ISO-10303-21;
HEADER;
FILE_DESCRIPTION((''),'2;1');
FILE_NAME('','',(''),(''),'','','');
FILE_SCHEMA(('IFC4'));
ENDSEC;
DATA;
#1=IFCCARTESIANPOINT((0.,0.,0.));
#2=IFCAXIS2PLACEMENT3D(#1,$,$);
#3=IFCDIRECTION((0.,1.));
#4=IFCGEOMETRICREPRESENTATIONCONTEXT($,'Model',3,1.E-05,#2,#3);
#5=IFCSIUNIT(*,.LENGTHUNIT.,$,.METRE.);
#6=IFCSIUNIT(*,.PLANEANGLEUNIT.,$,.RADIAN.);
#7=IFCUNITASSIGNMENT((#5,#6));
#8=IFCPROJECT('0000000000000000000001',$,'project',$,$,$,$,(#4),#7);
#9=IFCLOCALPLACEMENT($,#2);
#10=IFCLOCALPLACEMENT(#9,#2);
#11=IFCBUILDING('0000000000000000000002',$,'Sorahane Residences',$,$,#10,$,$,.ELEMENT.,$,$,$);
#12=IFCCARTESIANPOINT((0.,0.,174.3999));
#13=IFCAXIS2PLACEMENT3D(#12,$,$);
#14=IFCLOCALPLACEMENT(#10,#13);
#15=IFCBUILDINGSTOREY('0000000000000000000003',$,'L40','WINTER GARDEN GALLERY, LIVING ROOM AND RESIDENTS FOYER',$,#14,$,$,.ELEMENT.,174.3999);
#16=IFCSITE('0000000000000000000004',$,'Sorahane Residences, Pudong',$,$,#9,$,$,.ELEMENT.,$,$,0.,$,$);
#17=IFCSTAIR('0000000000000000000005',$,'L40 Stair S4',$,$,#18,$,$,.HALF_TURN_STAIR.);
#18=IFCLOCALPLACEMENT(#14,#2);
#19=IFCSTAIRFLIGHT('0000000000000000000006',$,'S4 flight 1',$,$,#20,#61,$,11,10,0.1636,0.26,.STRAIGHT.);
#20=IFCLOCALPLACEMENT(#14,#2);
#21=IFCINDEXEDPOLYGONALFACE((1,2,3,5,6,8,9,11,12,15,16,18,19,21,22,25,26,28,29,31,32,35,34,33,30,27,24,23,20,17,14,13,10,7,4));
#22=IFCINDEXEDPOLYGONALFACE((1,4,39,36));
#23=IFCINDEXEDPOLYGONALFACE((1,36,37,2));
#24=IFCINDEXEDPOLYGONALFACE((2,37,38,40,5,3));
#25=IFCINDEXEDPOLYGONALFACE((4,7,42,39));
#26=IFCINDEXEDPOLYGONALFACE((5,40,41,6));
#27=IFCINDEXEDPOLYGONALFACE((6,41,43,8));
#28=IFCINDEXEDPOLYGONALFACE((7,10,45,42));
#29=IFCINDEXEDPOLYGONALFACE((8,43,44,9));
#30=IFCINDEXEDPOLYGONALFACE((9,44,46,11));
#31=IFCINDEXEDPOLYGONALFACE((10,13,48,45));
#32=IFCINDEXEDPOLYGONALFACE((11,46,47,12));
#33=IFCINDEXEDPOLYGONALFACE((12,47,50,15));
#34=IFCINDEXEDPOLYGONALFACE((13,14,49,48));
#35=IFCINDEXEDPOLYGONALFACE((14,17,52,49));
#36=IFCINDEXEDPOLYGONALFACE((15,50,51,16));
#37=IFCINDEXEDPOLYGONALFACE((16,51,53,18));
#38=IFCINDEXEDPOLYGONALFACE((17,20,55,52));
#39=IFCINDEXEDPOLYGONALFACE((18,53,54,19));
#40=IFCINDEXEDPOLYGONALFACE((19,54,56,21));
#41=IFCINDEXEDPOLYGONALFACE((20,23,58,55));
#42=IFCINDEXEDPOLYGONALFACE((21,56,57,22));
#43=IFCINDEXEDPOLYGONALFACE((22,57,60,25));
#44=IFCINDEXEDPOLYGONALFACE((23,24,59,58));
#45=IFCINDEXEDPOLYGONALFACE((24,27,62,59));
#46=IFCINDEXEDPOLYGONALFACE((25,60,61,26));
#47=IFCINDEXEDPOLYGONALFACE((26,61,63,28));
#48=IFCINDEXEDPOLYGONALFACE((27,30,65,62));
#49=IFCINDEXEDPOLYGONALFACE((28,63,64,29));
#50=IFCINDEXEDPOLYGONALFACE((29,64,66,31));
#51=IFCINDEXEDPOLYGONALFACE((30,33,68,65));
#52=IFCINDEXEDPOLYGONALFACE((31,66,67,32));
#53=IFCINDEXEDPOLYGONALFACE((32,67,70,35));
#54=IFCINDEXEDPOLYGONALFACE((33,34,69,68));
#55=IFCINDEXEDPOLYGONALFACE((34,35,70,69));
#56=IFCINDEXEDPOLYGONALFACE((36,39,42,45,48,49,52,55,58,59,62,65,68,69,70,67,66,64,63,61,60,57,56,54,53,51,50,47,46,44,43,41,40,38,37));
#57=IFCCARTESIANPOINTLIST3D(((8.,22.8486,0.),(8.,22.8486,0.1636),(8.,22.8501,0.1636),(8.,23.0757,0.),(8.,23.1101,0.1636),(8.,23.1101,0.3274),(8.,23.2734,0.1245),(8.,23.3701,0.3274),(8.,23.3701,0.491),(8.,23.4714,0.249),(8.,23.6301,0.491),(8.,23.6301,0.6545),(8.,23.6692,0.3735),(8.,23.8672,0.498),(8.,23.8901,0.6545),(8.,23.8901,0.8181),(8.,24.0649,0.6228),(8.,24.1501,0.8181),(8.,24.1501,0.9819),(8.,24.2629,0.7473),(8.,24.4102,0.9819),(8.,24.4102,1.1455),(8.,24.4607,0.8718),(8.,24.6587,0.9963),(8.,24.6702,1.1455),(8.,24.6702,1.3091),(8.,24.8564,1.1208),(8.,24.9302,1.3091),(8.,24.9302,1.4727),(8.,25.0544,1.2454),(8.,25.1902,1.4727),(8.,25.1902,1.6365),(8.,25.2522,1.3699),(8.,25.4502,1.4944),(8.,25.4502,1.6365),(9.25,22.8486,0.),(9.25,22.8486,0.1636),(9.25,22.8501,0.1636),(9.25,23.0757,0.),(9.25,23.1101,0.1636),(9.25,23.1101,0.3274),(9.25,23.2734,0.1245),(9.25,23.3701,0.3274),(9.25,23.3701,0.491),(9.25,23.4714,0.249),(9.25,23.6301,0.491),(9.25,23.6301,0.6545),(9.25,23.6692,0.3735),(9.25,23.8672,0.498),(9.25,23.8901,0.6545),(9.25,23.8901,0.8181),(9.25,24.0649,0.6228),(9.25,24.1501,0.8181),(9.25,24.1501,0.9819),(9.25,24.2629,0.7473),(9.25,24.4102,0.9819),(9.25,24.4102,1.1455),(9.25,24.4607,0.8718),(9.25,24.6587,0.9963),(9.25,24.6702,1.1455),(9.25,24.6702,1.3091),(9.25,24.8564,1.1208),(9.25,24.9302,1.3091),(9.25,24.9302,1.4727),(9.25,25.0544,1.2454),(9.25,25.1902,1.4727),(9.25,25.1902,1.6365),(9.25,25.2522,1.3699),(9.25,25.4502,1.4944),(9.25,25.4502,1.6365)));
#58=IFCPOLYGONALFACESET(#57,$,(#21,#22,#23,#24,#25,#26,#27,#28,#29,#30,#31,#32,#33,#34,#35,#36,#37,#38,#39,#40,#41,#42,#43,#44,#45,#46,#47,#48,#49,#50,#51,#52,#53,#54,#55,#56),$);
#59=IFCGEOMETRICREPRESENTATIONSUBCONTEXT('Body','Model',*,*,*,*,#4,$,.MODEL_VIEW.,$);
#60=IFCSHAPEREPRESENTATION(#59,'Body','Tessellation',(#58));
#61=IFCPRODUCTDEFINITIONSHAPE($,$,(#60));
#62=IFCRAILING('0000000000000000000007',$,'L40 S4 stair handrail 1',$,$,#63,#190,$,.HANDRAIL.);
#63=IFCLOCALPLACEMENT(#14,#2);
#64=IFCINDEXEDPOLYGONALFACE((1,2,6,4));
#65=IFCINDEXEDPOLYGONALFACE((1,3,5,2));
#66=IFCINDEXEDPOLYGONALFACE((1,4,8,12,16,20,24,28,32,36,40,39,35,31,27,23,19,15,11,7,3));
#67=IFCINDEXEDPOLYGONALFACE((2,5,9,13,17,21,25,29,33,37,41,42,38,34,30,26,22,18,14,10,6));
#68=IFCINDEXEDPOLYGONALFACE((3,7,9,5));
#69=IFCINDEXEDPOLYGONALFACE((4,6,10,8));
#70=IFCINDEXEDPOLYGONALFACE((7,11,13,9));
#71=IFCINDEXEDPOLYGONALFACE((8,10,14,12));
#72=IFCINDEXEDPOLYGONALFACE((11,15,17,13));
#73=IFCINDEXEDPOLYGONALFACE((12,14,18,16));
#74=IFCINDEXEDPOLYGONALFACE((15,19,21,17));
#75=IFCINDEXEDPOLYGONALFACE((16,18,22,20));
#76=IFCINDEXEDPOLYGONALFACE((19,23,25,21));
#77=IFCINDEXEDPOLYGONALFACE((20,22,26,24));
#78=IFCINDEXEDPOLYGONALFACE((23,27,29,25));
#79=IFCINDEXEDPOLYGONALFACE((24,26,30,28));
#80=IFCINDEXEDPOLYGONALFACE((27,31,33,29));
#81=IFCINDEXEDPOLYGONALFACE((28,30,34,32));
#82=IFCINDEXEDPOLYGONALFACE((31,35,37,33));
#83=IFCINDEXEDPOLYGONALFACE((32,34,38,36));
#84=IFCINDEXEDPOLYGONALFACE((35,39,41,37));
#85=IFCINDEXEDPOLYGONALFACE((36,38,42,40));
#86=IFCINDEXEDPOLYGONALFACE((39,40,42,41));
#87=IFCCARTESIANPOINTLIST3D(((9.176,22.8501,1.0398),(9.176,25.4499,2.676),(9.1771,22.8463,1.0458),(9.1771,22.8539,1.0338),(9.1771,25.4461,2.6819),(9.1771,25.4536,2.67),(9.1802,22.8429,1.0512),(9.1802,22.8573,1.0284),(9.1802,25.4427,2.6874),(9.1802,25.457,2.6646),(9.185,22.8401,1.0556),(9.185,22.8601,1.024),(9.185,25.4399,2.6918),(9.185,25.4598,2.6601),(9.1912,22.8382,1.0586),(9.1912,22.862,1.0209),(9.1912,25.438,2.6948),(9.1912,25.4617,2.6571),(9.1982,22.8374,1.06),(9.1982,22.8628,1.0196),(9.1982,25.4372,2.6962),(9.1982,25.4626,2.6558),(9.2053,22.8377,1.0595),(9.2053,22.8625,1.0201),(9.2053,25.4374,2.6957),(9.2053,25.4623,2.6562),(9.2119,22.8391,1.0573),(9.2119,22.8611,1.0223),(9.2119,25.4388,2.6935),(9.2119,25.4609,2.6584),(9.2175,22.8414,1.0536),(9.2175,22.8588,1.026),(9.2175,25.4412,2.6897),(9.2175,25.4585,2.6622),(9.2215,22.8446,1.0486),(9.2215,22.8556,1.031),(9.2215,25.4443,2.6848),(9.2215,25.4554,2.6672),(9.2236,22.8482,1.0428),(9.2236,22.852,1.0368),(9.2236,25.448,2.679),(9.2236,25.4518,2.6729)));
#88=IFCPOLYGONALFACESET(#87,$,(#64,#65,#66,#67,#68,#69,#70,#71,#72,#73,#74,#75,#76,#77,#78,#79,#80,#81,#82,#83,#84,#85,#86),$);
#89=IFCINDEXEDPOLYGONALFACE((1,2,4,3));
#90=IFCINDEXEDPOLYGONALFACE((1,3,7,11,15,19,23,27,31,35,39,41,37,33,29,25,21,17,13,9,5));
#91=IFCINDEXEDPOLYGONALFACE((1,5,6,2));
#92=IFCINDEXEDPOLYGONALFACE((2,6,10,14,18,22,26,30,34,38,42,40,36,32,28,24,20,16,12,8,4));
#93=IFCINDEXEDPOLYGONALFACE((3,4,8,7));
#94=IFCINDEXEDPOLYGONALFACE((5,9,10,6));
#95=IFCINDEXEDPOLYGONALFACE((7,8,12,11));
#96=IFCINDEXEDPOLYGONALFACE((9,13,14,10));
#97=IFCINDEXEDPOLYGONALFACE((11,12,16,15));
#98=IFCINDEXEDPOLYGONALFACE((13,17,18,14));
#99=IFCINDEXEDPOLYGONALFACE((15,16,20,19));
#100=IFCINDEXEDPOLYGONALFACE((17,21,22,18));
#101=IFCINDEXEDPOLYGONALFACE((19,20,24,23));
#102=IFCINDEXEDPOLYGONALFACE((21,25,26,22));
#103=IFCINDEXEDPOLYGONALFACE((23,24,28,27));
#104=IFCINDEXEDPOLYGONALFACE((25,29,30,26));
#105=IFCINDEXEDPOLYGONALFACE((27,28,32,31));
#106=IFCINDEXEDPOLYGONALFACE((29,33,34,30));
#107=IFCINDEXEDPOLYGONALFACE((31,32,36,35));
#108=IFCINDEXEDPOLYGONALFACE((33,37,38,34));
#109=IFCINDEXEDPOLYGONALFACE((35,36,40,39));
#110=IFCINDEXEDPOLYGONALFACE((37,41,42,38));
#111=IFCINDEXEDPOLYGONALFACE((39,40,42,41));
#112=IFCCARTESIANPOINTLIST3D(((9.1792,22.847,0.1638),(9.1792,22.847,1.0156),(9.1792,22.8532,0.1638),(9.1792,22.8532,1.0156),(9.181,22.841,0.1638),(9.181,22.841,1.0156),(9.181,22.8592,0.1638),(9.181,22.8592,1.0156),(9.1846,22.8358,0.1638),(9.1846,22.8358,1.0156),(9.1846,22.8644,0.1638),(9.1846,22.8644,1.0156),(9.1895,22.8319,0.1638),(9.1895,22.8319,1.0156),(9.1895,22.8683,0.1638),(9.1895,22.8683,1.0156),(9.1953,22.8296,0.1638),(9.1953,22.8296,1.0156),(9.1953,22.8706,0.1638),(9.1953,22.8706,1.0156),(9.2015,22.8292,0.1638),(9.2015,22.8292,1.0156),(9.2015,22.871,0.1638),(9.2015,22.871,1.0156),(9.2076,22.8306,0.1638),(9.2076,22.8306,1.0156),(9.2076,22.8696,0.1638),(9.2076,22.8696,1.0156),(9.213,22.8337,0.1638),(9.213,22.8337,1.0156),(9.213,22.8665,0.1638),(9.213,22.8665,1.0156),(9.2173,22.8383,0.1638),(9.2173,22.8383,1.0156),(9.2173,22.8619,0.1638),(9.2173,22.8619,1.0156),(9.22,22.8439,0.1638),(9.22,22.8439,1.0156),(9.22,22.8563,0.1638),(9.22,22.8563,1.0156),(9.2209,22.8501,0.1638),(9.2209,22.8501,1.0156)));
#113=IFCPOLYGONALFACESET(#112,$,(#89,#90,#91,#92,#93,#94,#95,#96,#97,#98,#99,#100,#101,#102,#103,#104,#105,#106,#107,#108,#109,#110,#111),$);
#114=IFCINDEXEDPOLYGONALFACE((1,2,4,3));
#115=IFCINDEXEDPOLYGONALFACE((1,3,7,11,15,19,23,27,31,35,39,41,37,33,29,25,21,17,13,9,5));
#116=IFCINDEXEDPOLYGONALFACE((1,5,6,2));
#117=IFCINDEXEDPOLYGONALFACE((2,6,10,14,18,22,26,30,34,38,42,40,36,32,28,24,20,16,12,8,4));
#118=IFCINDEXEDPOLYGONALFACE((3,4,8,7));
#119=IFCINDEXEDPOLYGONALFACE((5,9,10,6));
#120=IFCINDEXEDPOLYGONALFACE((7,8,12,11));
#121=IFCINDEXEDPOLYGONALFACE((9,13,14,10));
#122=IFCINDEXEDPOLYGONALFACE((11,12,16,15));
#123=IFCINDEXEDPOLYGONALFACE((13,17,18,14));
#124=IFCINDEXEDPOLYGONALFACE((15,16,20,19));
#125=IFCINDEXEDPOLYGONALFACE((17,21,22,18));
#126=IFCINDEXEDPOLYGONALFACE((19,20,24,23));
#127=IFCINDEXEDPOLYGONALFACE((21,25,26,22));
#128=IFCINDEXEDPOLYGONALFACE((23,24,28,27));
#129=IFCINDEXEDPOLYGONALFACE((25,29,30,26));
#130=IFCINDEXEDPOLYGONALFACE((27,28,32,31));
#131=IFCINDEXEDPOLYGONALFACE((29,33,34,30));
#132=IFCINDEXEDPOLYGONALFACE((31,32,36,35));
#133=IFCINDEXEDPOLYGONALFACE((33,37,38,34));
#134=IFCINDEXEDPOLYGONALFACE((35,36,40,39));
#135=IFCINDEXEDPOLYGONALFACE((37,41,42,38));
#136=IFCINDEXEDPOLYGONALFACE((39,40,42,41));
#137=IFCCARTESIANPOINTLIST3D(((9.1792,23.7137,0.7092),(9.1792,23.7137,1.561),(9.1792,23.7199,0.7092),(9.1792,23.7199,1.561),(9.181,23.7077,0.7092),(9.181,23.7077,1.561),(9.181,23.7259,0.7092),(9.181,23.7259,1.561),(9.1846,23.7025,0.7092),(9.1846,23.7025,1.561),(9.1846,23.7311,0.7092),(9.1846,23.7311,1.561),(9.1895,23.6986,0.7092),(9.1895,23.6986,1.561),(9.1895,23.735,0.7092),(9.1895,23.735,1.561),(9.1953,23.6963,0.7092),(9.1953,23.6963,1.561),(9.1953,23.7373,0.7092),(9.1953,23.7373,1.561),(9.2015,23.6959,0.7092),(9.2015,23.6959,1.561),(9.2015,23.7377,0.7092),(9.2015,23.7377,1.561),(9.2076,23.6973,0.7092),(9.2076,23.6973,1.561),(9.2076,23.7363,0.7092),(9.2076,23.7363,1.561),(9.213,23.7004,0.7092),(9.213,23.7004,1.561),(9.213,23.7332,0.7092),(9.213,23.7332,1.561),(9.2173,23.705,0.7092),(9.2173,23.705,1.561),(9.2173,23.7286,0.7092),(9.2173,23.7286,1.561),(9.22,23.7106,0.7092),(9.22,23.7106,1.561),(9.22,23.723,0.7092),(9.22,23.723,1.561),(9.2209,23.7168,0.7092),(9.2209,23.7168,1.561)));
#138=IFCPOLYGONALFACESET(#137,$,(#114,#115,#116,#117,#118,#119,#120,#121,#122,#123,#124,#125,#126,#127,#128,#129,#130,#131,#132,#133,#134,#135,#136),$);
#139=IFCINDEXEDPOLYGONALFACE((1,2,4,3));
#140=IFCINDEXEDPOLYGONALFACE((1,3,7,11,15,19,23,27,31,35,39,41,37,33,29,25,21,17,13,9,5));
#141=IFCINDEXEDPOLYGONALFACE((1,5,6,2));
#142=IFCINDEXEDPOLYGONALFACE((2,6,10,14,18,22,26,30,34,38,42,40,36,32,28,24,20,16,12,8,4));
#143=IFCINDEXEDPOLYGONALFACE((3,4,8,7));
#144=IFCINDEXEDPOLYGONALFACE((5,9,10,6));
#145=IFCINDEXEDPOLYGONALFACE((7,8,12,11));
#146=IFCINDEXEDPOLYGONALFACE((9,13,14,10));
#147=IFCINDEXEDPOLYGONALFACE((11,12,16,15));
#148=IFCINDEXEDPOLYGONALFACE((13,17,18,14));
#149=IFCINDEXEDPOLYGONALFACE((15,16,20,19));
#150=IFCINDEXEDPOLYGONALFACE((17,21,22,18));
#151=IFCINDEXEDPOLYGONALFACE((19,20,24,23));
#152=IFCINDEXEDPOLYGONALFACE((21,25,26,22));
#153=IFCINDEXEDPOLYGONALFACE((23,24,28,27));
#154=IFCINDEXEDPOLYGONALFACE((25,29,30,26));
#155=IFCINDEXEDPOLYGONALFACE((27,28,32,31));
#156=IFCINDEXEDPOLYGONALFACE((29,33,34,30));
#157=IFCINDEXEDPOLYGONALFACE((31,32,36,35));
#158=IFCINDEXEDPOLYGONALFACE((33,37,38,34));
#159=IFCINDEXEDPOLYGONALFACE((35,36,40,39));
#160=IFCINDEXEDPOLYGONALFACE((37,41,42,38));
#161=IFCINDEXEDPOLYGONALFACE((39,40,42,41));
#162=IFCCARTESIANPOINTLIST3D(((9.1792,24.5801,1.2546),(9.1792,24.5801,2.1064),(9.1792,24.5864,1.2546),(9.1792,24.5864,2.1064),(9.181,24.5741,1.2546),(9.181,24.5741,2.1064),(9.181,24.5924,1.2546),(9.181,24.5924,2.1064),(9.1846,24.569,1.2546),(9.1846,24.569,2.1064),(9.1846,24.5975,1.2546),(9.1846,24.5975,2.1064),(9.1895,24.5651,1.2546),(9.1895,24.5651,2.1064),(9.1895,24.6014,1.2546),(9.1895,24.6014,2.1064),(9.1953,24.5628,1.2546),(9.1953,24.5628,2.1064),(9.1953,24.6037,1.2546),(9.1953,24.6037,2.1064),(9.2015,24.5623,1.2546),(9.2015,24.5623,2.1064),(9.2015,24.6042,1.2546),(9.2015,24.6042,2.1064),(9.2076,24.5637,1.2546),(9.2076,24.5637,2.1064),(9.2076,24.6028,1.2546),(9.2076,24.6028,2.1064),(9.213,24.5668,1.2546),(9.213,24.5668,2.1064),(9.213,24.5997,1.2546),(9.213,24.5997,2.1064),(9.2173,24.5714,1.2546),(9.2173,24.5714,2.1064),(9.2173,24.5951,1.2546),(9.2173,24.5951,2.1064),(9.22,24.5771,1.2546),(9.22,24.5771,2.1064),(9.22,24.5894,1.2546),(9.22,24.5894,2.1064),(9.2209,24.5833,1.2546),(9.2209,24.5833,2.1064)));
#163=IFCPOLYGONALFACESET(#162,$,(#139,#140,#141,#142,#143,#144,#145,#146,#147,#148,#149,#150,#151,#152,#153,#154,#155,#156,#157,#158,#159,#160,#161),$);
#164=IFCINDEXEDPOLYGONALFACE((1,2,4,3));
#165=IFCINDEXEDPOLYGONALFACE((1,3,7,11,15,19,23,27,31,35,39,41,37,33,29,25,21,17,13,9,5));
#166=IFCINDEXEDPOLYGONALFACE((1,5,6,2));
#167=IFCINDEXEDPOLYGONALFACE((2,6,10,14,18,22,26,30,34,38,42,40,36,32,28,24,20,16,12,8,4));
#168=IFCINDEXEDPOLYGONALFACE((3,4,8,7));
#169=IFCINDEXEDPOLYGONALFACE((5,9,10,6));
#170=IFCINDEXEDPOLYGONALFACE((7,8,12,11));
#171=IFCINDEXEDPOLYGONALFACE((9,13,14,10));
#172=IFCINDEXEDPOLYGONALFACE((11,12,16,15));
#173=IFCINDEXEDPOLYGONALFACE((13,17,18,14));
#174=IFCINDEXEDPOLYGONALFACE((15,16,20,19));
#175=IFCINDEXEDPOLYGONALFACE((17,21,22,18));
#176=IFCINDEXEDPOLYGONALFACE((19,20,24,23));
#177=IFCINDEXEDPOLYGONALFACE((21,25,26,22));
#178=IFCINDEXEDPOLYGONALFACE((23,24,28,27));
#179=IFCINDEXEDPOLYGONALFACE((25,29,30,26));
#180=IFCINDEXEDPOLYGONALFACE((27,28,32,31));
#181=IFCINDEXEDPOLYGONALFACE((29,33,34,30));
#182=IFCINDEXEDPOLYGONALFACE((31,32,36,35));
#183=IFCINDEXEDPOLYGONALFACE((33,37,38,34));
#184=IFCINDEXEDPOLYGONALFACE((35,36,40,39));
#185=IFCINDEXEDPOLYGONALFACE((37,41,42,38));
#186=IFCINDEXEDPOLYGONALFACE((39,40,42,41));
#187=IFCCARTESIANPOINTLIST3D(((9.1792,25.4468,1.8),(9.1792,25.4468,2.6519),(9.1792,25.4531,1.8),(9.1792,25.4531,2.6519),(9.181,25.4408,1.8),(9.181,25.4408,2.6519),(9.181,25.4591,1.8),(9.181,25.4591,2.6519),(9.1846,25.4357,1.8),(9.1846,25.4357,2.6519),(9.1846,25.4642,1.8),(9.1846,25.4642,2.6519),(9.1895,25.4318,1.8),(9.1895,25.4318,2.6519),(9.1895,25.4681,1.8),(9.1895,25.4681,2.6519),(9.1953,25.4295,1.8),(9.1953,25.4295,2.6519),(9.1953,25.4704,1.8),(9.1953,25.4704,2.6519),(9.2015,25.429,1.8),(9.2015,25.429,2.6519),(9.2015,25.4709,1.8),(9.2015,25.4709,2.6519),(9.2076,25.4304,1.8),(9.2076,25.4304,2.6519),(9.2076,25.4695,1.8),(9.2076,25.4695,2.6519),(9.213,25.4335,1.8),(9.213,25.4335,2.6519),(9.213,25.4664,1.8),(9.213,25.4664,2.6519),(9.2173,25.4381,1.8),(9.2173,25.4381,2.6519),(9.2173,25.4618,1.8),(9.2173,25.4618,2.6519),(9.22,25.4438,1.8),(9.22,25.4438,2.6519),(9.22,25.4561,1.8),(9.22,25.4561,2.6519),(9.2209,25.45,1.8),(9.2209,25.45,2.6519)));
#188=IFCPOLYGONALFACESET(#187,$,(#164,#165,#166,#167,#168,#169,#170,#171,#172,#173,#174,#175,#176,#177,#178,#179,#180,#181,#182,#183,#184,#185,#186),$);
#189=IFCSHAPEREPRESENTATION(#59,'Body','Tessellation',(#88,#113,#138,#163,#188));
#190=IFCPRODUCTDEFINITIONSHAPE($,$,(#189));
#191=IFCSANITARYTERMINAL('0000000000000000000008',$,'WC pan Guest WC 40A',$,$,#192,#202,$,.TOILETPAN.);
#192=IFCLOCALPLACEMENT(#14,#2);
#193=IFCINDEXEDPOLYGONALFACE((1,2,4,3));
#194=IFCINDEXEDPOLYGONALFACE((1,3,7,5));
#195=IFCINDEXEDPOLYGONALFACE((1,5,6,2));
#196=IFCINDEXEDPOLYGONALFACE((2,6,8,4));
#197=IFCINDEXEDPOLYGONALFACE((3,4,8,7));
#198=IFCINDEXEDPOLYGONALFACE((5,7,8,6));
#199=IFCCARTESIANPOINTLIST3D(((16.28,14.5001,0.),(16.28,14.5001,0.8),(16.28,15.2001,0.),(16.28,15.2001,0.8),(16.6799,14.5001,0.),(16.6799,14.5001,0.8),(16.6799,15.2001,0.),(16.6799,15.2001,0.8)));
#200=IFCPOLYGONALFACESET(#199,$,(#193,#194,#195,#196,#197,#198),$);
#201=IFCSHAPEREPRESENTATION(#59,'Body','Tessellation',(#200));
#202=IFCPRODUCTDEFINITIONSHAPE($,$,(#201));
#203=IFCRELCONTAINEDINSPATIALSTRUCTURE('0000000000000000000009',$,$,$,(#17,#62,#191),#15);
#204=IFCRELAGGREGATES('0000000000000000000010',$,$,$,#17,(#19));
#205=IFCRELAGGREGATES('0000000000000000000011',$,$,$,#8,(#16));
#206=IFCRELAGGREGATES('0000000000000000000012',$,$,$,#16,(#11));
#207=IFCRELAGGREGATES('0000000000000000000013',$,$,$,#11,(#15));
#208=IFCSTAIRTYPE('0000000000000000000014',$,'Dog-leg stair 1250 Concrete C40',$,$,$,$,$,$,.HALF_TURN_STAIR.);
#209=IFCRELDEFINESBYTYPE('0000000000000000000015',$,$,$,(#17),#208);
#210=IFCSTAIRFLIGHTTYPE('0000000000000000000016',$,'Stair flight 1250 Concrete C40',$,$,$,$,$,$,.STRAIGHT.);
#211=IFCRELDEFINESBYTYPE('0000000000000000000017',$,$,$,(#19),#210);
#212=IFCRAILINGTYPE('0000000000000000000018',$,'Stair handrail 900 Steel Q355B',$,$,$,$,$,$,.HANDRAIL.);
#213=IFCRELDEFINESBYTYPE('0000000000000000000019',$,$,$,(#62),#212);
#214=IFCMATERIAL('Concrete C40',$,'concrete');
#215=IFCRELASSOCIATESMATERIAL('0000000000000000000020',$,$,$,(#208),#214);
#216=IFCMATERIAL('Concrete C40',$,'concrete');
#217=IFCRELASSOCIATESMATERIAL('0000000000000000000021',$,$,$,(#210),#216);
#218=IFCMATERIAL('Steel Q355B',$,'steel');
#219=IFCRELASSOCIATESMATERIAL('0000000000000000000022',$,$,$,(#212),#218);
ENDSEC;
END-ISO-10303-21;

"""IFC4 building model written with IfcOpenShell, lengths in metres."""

from ifc_helpers import new_model, si_unit, direction, frame, origin, origin_2d, place, context, subcontext, project, spatial, polyline, rectangle, circle, outline, extrude, material, type_object, element, aggregate, save


model = new_model("IFC4")

# Units and contexts
model_context = context("Model", 3, precision=1e-05, world=origin(), true_north=direction((0.0, 1.0)))
body_context = subcontext(model_context, "Body", "Model", "MODEL_VIEW")
ifc_project = project(units=[si_unit("LENGTHUNIT", "METRE"), si_unit("PLANEANGLEUNIT", "RADIAN")], contexts=[model_context])

# Site, building, storey
site_placement = place(None, origin())
site = spatial("IfcSite", under=ifc_project, at=site_placement, Name="Sorahane Residences, Pudong", CompositionType="ELEMENT", RefElevation=0.0)
building_placement = place(site_placement, origin())
building = spatial("IfcBuilding", under=site, at=building_placement, Name="Sorahane Residences", CompositionType="ELEMENT")
storey_placement = place(building_placement, frame((0.0, 0.0, 174.3999)))
storey = spatial("IfcBuildingStorey", under=building, at=storey_placement, Name="L40", Description="WINTER GARDEN GALLERY, LIVING ROOM AND RESIDENTS FOYER", CompositionType="ELEMENT", Elevation=174.3999)

# Stair, stair flight
ifc_material_1 = material(Name="Concrete C40", Category="concrete")
stair_type = type_object("IfcStairType", Name="Dog-leg stair 1250 Concrete C40", PredefinedType="HALF_TURN_STAIR", material=ifc_material_1)
stair_placement = place(storey_placement, origin())
stair = element("IfcStair", 1, at=stair_placement, inside=storey, type_object=stair_type, Name="L40 Stair S4", PredefinedType="HALF_TURN_STAIR")
ifc_material_2 = material(Name="Concrete C40", Category="concrete")
stair_flight_type = type_object("IfcStairFlightType", Name="Stair flight 1250 Concrete C40", PredefinedType="STRAIGHT", material=ifc_material_2)
stair_flight_placement = place(storey_placement, frame((8.625, 22.8501, 0.0), z_axis=(0.0, 0.0, 1.0), x_axis=(0.0, 1.0, 0.0)))
stair_flight = element("IfcStairFlight", 2, at=stair_flight_placement, type_object=stair_flight_type, Name="S4 flight 1", NumberOfRisers=11, NumberOfTreads=10, PredefinedType="STRAIGHT", RiserHeight=0.1636, TreadLength=0.26, context=body_context, shape_type="SweptSolid", body=[
    extrude(outline(polyline([(-0.0015, 0.0), (-0.0015, 0.1636), (0.0, 0.1636), (0.26, 0.1636), (0.26, 0.3274), (0.52, 0.3274), (0.52, 0.491), (0.78, 0.491), (0.78, 0.6545), (1.04, 0.6545), (1.04, 0.8181), (1.3, 0.8181), (1.3, 0.9819), (1.5601, 0.9819), (1.5601, 1.1455), (1.8201, 1.1455), (1.8201, 1.3091), (2.0801, 1.3091), (2.0801, 1.4727), (2.3401, 1.4727), (2.3401, 1.6365), (2.6001, 1.6365), (2.6001, 1.8), (2.6001, 1.4944), (2.4021, 1.3699), (2.2043, 1.2454), (2.0063, 1.1208), (1.8086, 0.9963), (1.6106, 0.8718), (1.4128, 0.7473), (1.2148, 0.6228), (1.0171, 0.498), (0.8191, 0.3735), (0.6213, 0.249), (0.4233, 0.1245), (0.2256, 0.0), (-0.0015, 0.0)])), frame((0.0, 0.625, 0.0), z_axis=(0.0, -1.0, 0.0), x_axis=(1.0, 0.0, 0.0)), (0.0, 0.0, 1.0), 1.25),
])
aggregate(stair, [stair_flight])

# Railing
ifc_material_3 = material(Name="Steel Q355B", Category="steel")
railing_type_1 = type_object("IfcRailingType", Name="Stair handrail 900 Steel Q355B", PredefinedType="HANDRAIL", material=ifc_material_3)
railing_1_placement = place(storey_placement, frame((9.2, 22.8501, 0.1638)))
element("IfcRailing", 3, at=railing_1_placement, inside=storey, type_object=railing_type_1, Name="L40 S4 stair handrail 1", PredefinedType="HANDRAIL", context=body_context, shape_type="SweptSolid", body=[
    extrude(circle(Radius=0.0239, at=origin_2d()), frame((0.0, 0.0, 0.876), z_axis=(0.0, 0.846338, 0.532647), x_axis=(-1.0, 0.0, 0.0)), (0.0, 0.0, 1.0), 3.0718),
    extrude(circle(Radius=0.021, at=origin_2d()), origin(), (0.0, 0.0, 1.0), 0.8518),
    extrude(circle(Radius=0.021, at=origin_2d()), frame((0.0, 0.8667, 0.5454)), (0.0, 0.0, 1.0), 0.8518),
    extrude(circle(Radius=0.021, at=origin_2d()), frame((0.0, 1.7332, 1.0908)), (0.0, 0.0, 1.0), 0.8518),
    extrude(circle(Radius=0.021, at=origin_2d()), frame((0.0, 2.5999, 1.6362)), (0.0, 0.0, 1.0), 0.8518),
])

# Sanitary terminal
sanitary_terminal_1_placement = place(storey_placement, frame((16.48, 14.8501, 0.0), z_axis=(0.0, 0.0, 1.0), x_axis=(1.0, 0.0, 0.0)))
element("IfcSanitaryTerminal", 4, at=sanitary_terminal_1_placement, inside=storey, Name="WC pan Guest WC 40A", PredefinedType="TOILETPAN", context=body_context, shape_type="SweptSolid", body=[
    extrude(rectangle(XDim=0.3999, YDim=0.7, at=origin_2d()), origin(), (0.0, 0.0, 1.0), 0.8),
])

save(model, "model.ifc")
